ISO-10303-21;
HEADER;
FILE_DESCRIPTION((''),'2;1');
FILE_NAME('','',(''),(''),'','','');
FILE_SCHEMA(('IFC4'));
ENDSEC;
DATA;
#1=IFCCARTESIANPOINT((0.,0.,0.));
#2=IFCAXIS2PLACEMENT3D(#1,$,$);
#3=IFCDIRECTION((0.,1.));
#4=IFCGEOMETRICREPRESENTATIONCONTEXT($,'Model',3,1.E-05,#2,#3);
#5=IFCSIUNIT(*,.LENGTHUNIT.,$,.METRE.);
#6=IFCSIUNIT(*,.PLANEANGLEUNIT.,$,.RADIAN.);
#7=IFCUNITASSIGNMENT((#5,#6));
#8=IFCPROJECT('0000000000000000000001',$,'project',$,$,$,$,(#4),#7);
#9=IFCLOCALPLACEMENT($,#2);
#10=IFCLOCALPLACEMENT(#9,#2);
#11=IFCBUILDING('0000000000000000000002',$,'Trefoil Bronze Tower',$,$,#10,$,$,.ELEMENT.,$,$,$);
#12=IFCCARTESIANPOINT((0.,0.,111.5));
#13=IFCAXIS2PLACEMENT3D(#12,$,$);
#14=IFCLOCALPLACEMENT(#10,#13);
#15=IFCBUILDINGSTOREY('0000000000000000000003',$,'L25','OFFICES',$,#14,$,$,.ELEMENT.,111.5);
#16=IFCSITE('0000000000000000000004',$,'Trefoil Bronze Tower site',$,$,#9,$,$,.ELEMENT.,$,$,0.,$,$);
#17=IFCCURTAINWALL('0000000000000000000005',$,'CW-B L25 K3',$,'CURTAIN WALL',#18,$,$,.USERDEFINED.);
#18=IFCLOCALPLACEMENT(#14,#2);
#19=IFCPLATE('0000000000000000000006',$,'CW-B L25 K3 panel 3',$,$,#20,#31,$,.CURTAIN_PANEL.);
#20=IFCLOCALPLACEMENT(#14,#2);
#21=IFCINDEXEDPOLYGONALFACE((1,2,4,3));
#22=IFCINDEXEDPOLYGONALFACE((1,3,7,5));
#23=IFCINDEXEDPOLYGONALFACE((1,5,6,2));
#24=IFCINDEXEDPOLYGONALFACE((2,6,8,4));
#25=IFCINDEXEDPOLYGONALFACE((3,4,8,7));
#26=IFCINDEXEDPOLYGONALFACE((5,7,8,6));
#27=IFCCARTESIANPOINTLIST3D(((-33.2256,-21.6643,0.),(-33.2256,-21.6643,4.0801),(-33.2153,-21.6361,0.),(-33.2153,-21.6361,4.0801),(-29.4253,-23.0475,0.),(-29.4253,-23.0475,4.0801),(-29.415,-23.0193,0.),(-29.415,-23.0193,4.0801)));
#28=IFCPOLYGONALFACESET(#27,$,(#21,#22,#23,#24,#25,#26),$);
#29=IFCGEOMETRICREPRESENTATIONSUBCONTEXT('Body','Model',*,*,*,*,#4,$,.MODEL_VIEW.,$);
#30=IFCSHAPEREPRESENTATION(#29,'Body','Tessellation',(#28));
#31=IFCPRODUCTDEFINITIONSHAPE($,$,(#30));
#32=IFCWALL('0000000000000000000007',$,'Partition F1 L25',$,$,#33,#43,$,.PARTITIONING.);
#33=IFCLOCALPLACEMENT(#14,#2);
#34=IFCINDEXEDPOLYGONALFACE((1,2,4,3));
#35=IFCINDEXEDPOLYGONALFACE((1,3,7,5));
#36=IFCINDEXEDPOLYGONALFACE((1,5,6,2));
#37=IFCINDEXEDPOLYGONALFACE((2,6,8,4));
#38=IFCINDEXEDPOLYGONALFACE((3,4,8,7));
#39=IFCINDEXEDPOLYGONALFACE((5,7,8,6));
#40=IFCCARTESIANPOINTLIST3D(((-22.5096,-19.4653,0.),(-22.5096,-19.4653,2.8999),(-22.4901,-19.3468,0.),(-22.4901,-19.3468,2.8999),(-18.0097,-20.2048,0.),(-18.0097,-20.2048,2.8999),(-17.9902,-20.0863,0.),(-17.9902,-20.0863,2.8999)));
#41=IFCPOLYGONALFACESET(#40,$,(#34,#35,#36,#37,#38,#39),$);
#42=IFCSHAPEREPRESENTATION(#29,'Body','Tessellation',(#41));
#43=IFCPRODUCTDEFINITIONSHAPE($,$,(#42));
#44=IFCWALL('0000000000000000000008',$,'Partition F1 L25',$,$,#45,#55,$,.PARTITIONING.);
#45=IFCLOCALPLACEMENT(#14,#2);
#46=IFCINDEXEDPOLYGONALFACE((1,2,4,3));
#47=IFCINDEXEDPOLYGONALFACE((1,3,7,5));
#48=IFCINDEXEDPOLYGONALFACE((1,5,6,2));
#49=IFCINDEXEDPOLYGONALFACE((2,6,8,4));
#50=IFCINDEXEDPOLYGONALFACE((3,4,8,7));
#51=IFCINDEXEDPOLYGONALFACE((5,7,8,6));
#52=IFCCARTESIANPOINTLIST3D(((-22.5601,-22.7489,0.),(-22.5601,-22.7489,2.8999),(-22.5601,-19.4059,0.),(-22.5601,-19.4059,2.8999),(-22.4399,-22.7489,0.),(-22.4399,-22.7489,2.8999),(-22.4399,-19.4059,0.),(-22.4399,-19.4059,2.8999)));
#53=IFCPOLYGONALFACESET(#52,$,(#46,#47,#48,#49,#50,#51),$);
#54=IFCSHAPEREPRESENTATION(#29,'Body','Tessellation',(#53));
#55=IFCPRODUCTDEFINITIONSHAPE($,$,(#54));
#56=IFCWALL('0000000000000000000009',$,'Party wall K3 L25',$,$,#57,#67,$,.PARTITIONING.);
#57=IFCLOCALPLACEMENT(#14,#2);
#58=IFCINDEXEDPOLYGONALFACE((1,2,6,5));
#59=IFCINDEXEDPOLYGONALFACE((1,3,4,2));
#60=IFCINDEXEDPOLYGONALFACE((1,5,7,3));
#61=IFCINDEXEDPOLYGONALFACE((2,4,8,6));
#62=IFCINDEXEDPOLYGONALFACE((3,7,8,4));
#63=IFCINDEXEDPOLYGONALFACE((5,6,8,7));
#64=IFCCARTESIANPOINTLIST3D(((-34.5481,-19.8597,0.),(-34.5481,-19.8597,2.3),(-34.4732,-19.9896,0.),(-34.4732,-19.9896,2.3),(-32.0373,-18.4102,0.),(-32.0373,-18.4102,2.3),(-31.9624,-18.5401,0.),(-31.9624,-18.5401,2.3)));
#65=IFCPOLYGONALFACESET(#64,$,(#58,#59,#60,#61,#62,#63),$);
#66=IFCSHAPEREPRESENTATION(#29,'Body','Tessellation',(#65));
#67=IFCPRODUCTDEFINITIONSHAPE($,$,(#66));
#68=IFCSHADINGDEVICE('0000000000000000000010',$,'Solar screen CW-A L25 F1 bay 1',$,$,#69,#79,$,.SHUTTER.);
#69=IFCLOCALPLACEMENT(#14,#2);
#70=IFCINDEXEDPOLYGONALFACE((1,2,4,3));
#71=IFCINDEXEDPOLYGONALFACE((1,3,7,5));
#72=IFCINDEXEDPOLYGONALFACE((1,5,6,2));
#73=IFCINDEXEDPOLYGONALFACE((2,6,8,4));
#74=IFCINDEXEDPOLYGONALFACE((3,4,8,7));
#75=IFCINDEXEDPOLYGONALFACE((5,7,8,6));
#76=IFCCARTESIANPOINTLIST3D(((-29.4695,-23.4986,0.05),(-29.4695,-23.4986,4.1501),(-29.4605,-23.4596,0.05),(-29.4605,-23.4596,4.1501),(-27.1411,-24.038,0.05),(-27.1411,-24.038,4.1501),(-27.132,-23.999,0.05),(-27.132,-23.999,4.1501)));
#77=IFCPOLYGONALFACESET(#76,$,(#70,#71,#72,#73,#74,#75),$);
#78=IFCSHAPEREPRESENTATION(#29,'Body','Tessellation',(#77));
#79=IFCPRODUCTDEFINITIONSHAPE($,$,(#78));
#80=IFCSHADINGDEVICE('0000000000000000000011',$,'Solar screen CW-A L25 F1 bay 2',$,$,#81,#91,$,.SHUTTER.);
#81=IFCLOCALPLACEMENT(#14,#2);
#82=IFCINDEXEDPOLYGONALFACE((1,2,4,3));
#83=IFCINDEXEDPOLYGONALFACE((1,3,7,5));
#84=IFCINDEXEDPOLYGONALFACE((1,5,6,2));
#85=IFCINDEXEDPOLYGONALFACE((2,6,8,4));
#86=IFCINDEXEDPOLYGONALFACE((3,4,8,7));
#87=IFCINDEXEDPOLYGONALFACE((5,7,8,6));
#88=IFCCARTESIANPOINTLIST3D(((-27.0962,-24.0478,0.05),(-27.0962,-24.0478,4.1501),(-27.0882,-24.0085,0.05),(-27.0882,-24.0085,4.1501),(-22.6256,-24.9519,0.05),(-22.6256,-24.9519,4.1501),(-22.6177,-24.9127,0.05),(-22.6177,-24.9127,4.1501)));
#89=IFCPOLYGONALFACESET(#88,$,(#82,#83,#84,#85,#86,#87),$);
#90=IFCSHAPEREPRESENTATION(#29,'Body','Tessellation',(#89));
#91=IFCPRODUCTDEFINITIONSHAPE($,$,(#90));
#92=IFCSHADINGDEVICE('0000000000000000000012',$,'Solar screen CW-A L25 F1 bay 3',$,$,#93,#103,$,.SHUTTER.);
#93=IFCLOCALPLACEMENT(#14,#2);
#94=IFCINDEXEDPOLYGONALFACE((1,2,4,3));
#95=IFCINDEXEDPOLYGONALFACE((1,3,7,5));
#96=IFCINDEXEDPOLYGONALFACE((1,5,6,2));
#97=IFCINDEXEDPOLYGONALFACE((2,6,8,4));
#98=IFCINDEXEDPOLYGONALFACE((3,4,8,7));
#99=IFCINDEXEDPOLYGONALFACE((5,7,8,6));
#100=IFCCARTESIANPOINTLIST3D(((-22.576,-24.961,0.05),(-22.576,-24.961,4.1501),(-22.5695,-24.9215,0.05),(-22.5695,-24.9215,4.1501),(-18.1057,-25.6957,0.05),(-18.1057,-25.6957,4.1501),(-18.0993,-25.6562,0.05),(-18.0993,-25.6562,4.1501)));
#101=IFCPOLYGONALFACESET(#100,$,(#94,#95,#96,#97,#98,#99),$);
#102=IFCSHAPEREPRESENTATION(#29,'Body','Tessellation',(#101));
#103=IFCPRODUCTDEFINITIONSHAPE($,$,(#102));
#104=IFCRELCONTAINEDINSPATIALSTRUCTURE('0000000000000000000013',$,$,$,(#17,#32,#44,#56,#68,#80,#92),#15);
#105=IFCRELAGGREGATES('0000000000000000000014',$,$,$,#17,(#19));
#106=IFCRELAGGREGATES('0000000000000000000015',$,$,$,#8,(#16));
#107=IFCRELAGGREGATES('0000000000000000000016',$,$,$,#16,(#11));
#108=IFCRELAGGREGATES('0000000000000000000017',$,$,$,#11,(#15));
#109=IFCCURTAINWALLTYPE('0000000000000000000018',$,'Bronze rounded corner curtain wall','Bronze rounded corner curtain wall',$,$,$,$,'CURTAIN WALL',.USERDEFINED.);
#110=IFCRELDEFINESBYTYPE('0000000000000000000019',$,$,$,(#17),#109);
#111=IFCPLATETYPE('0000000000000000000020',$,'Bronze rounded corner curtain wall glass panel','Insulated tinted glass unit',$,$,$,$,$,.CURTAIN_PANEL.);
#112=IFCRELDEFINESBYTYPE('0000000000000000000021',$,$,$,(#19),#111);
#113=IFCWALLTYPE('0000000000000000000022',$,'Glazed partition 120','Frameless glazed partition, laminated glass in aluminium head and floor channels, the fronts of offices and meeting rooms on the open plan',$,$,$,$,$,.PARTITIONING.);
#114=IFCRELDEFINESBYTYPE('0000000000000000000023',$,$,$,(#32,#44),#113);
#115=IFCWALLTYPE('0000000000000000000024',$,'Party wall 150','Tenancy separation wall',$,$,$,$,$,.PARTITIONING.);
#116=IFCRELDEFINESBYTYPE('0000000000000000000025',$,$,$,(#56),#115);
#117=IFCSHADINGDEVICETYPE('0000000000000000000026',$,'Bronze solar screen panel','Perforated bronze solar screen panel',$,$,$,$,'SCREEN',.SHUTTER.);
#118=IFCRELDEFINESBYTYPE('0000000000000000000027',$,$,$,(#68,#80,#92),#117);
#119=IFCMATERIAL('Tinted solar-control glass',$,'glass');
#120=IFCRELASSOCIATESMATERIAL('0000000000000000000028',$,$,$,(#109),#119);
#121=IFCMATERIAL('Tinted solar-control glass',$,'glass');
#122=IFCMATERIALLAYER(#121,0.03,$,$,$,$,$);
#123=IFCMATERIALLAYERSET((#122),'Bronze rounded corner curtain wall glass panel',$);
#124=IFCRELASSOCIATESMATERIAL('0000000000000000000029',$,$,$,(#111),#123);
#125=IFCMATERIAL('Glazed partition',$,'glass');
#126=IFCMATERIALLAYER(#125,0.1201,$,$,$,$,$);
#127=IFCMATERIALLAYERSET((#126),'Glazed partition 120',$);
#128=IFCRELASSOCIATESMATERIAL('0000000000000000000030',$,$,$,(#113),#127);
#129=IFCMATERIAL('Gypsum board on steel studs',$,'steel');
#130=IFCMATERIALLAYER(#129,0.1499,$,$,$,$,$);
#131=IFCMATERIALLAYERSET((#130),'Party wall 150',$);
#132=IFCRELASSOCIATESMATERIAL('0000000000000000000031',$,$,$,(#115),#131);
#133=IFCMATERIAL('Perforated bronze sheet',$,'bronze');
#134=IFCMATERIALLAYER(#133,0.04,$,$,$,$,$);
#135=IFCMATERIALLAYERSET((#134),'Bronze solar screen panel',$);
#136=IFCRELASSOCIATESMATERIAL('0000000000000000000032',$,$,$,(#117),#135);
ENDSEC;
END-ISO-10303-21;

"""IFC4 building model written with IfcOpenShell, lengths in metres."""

from ifc_helpers import new_model, si_unit, direction, frame, frame_2d, origin, origin_2d, place, context, subcontext, project, spatial, rectangle, extrude, material, layer, layer_set, type_object, element, aggregate, save


model = new_model("IFC4")

# Units and contexts
model_context = context("Model", 3, precision=1e-05, world=origin(), true_north=direction((0.0, 1.0)))
body_context = subcontext(model_context, "Body", "Model", "MODEL_VIEW")
ifc_project = project(units=[si_unit("LENGTHUNIT", "METRE"), si_unit("PLANEANGLEUNIT", "RADIAN")], contexts=[model_context])

# Site, building, storey
site_placement = place(None, origin())
site = spatial("IfcSite", under=ifc_project, at=site_placement, Name="Trefoil Bronze Tower site", CompositionType="ELEMENT", RefElevation=0.0)
building_placement = place(site_placement, origin())
building = spatial("IfcBuilding", under=site, at=building_placement, Name="Trefoil Bronze Tower", CompositionType="ELEMENT")
storey_placement = place(building_placement, frame((0.0, 0.0, 111.5)))
storey = spatial("IfcBuildingStorey", under=building, at=storey_placement, Name="L25", Description="OFFICES", CompositionType="ELEMENT", Elevation=111.5)

# Curtain wall
ifc_material_1 = material(Name="Tinted solar-control glass", Category="glass")
curtain_wall_type_1 = type_object("IfcCurtainWallType", Name="Bronze rounded corner curtain wall", Description="Bronze rounded corner curtain wall", ElementType="CURTAIN WALL", PredefinedType="USERDEFINED", material=ifc_material_1)
curtain_wall_1_placement = place(storey_placement, origin())
curtain_wall_1 = element("IfcCurtainWall", 1, at=curtain_wall_1_placement, inside=storey, type_object=curtain_wall_type_1, Name="CW-B L25 K3", ObjectType="CURTAIN WALL", PredefinedType="USERDEFINED")

# Plate
ifc_material_2 = material(Name="Tinted solar-control glass", Category="glass")
ifc_layer_1 = layer(ifc_material_2, 0.03)
ifc_layer_set_1 = layer_set([ifc_layer_1], Name="Bronze rounded corner curtain wall glass panel")
plate_type_1 = type_object("IfcPlateType", Name="Bronze rounded corner curtain wall glass panel", Description="Insulated tinted glass unit", PredefinedType="CURTAIN_PANEL", material=ifc_layer_set_1)
plate_1_placement = place(storey_placement, frame((-31.3203, -22.3418, 0.0), z_axis=(0.0, 0.0, 1.0), x_axis=(0.939693, -0.34202, 0.0)))
plate_1 = element("IfcPlate", 2, at=plate_1_placement, type_object=plate_type_1, Name="CW-B L25 K3 panel 3", PredefinedType="CURTAIN_PANEL", context=body_context, shape_type="SweptSolid", body=[
    extrude(rectangle(XDim=4.0442, YDim=0.03, at=origin_2d()), origin(), (0.0, 0.0, 1.0), 4.0801),
])
aggregate(curtain_wall_1, [plate_1])

# Walls
ifc_material_3 = material(Name="Glazed partition", Category="glass")
ifc_layer_2 = layer(ifc_material_3, 0.1201)
ifc_layer_set_2 = layer_set([ifc_layer_2], Name="Glazed partition 120")
wall_type_1 = type_object("IfcWallType", Name="Glazed partition 120", Description="Frameless glazed partition, laminated glass in aluminium head and floor channels, the fronts of offices and meeting rooms on the open plan", PredefinedType="PARTITIONING", material=ifc_layer_set_2)
wall_1_placement = place(storey_placement, frame((-22.5, -19.406, 0.0), z_axis=(0.0, 0.0, 1.0), x_axis=(0.986765, -0.162159, 0.0)))
element("IfcWall", 3, at=wall_1_placement, inside=storey, type_object=wall_type_1, Name="Partition F1 L25", PredefinedType="PARTITIONING", context=body_context, shape_type="SweptSolid", body=[
    extrude(rectangle(XDim=4.5603, YDim=0.1201, at=frame_2d((2.2803, 0.0))), origin(), (0.0, 0.0, 1.0), 2.8999),
])
wall_2_placement = place(storey_placement, frame((-22.5, -19.406, 0.0), z_axis=(0.0, 0.0, 1.0), x_axis=(0.0, -1.0, 0.0)))
element("IfcWall", 4, at=wall_2_placement, inside=storey, type_object=wall_type_1, Name="Partition F1 L25", PredefinedType="PARTITIONING", context=body_context, shape_type="SweptSolid", body=[
    extrude(rectangle(XDim=3.343, YDim=0.1201, at=frame_2d((1.6714, 0.0))), origin(), (0.0, 0.0, 1.0), 2.8999),
])
ifc_material_4 = material(Name="Gypsum board on steel studs", Category="steel")
ifc_layer_3 = layer(ifc_material_4, 0.1499)
ifc_layer_set_3 = layer_set([ifc_layer_3], Name="Party wall 150")
wall_type_2 = type_object("IfcWallType", Name="Party wall 150", Description="Tenancy separation wall", PredefinedType="PARTITIONING", material=ifc_layer_set_3)
wall_3_placement = place(storey_placement, frame((-31.9998, -18.4751, 0.0), z_axis=(0.0, 0.0, 1.0), x_axis=(-0.866043, -0.49997, 0.0)))
element("IfcWall", 5, at=wall_3_placement, inside=storey, type_object=wall_type_2, Name="Party wall K3 L25", PredefinedType="PARTITIONING", context=body_context, shape_type="SweptSolid", body=[
    extrude(rectangle(XDim=2.8992, YDim=0.1499, at=frame_2d((1.4497, 0.0))), origin(), (0.0, 0.0, 1.0), 2.3),
])

# Shading devices
ifc_material_5 = material(Name="Perforated bronze sheet", Category="bronze")
ifc_layer_4 = layer(ifc_material_5, 0.04)
ifc_layer_set_4 = layer_set([ifc_layer_4], Name="Bronze solar screen panel")
shading_device_type = type_object("IfcShadingDeviceType", Name="Bronze solar screen panel", Description="Perforated bronze solar screen panel", ElementType="SCREEN", PredefinedType="SHUTTER", material=ifc_layer_set_4)
shading_device_1_placement = place(storey_placement, frame((-28.3008, -23.7488, 0.05), z_axis=(0.0, 0.0, 1.0), x_axis=(0.974204, -0.225667, 0.0)))
element("IfcShadingDevice", 6, at=shading_device_1_placement, inside=storey, type_object=shading_device_type, Name="Solar screen CW-A L25 F1 bay 1", PredefinedType="SHUTTER", context=body_context, shape_type="SweptSolid", body=[
    extrude(rectangle(XDim=2.3901, YDim=0.04, at=origin_2d()), origin(), (0.0, 0.0, 1.0), 4.1001),
])
shading_device_2_placement = place(storey_placement, frame((-24.8569, -24.4802, 0.05), z_axis=(0.0, 0.0, 1.0), x_axis=(0.980155, -0.198232, 0.0)))
element("IfcShadingDevice", 7, at=shading_device_2_placement, inside=storey, type_object=shading_device_type, Name="Solar screen CW-A L25 F1 bay 2", PredefinedType="SHUTTER", context=body_context, shape_type="SweptSolid", body=[
    extrude(rectangle(XDim=4.561, YDim=0.04, at=origin_2d()), origin(), (0.0, 0.0, 1.0), 4.1001),
])
shading_device_3_placement = place(storey_placement, frame((-20.3376, -25.3086, 0.05), z_axis=(0.0, 0.0, 1.0), x_axis=(0.98676, -0.162189, 0.0)))
element("IfcShadingDevice", 8, at=shading_device_3_placement, inside=storey, type_object=shading_device_type, Name="Solar screen CW-A L25 F1 bay 3", PredefinedType="SHUTTER", context=body_context, shape_type="SweptSolid", body=[
    extrude(rectangle(XDim=4.5303, YDim=0.04, at=origin_2d()), origin(), (0.0, 0.0, 1.0), 4.1001),
])

save(model, "model.ifc")
